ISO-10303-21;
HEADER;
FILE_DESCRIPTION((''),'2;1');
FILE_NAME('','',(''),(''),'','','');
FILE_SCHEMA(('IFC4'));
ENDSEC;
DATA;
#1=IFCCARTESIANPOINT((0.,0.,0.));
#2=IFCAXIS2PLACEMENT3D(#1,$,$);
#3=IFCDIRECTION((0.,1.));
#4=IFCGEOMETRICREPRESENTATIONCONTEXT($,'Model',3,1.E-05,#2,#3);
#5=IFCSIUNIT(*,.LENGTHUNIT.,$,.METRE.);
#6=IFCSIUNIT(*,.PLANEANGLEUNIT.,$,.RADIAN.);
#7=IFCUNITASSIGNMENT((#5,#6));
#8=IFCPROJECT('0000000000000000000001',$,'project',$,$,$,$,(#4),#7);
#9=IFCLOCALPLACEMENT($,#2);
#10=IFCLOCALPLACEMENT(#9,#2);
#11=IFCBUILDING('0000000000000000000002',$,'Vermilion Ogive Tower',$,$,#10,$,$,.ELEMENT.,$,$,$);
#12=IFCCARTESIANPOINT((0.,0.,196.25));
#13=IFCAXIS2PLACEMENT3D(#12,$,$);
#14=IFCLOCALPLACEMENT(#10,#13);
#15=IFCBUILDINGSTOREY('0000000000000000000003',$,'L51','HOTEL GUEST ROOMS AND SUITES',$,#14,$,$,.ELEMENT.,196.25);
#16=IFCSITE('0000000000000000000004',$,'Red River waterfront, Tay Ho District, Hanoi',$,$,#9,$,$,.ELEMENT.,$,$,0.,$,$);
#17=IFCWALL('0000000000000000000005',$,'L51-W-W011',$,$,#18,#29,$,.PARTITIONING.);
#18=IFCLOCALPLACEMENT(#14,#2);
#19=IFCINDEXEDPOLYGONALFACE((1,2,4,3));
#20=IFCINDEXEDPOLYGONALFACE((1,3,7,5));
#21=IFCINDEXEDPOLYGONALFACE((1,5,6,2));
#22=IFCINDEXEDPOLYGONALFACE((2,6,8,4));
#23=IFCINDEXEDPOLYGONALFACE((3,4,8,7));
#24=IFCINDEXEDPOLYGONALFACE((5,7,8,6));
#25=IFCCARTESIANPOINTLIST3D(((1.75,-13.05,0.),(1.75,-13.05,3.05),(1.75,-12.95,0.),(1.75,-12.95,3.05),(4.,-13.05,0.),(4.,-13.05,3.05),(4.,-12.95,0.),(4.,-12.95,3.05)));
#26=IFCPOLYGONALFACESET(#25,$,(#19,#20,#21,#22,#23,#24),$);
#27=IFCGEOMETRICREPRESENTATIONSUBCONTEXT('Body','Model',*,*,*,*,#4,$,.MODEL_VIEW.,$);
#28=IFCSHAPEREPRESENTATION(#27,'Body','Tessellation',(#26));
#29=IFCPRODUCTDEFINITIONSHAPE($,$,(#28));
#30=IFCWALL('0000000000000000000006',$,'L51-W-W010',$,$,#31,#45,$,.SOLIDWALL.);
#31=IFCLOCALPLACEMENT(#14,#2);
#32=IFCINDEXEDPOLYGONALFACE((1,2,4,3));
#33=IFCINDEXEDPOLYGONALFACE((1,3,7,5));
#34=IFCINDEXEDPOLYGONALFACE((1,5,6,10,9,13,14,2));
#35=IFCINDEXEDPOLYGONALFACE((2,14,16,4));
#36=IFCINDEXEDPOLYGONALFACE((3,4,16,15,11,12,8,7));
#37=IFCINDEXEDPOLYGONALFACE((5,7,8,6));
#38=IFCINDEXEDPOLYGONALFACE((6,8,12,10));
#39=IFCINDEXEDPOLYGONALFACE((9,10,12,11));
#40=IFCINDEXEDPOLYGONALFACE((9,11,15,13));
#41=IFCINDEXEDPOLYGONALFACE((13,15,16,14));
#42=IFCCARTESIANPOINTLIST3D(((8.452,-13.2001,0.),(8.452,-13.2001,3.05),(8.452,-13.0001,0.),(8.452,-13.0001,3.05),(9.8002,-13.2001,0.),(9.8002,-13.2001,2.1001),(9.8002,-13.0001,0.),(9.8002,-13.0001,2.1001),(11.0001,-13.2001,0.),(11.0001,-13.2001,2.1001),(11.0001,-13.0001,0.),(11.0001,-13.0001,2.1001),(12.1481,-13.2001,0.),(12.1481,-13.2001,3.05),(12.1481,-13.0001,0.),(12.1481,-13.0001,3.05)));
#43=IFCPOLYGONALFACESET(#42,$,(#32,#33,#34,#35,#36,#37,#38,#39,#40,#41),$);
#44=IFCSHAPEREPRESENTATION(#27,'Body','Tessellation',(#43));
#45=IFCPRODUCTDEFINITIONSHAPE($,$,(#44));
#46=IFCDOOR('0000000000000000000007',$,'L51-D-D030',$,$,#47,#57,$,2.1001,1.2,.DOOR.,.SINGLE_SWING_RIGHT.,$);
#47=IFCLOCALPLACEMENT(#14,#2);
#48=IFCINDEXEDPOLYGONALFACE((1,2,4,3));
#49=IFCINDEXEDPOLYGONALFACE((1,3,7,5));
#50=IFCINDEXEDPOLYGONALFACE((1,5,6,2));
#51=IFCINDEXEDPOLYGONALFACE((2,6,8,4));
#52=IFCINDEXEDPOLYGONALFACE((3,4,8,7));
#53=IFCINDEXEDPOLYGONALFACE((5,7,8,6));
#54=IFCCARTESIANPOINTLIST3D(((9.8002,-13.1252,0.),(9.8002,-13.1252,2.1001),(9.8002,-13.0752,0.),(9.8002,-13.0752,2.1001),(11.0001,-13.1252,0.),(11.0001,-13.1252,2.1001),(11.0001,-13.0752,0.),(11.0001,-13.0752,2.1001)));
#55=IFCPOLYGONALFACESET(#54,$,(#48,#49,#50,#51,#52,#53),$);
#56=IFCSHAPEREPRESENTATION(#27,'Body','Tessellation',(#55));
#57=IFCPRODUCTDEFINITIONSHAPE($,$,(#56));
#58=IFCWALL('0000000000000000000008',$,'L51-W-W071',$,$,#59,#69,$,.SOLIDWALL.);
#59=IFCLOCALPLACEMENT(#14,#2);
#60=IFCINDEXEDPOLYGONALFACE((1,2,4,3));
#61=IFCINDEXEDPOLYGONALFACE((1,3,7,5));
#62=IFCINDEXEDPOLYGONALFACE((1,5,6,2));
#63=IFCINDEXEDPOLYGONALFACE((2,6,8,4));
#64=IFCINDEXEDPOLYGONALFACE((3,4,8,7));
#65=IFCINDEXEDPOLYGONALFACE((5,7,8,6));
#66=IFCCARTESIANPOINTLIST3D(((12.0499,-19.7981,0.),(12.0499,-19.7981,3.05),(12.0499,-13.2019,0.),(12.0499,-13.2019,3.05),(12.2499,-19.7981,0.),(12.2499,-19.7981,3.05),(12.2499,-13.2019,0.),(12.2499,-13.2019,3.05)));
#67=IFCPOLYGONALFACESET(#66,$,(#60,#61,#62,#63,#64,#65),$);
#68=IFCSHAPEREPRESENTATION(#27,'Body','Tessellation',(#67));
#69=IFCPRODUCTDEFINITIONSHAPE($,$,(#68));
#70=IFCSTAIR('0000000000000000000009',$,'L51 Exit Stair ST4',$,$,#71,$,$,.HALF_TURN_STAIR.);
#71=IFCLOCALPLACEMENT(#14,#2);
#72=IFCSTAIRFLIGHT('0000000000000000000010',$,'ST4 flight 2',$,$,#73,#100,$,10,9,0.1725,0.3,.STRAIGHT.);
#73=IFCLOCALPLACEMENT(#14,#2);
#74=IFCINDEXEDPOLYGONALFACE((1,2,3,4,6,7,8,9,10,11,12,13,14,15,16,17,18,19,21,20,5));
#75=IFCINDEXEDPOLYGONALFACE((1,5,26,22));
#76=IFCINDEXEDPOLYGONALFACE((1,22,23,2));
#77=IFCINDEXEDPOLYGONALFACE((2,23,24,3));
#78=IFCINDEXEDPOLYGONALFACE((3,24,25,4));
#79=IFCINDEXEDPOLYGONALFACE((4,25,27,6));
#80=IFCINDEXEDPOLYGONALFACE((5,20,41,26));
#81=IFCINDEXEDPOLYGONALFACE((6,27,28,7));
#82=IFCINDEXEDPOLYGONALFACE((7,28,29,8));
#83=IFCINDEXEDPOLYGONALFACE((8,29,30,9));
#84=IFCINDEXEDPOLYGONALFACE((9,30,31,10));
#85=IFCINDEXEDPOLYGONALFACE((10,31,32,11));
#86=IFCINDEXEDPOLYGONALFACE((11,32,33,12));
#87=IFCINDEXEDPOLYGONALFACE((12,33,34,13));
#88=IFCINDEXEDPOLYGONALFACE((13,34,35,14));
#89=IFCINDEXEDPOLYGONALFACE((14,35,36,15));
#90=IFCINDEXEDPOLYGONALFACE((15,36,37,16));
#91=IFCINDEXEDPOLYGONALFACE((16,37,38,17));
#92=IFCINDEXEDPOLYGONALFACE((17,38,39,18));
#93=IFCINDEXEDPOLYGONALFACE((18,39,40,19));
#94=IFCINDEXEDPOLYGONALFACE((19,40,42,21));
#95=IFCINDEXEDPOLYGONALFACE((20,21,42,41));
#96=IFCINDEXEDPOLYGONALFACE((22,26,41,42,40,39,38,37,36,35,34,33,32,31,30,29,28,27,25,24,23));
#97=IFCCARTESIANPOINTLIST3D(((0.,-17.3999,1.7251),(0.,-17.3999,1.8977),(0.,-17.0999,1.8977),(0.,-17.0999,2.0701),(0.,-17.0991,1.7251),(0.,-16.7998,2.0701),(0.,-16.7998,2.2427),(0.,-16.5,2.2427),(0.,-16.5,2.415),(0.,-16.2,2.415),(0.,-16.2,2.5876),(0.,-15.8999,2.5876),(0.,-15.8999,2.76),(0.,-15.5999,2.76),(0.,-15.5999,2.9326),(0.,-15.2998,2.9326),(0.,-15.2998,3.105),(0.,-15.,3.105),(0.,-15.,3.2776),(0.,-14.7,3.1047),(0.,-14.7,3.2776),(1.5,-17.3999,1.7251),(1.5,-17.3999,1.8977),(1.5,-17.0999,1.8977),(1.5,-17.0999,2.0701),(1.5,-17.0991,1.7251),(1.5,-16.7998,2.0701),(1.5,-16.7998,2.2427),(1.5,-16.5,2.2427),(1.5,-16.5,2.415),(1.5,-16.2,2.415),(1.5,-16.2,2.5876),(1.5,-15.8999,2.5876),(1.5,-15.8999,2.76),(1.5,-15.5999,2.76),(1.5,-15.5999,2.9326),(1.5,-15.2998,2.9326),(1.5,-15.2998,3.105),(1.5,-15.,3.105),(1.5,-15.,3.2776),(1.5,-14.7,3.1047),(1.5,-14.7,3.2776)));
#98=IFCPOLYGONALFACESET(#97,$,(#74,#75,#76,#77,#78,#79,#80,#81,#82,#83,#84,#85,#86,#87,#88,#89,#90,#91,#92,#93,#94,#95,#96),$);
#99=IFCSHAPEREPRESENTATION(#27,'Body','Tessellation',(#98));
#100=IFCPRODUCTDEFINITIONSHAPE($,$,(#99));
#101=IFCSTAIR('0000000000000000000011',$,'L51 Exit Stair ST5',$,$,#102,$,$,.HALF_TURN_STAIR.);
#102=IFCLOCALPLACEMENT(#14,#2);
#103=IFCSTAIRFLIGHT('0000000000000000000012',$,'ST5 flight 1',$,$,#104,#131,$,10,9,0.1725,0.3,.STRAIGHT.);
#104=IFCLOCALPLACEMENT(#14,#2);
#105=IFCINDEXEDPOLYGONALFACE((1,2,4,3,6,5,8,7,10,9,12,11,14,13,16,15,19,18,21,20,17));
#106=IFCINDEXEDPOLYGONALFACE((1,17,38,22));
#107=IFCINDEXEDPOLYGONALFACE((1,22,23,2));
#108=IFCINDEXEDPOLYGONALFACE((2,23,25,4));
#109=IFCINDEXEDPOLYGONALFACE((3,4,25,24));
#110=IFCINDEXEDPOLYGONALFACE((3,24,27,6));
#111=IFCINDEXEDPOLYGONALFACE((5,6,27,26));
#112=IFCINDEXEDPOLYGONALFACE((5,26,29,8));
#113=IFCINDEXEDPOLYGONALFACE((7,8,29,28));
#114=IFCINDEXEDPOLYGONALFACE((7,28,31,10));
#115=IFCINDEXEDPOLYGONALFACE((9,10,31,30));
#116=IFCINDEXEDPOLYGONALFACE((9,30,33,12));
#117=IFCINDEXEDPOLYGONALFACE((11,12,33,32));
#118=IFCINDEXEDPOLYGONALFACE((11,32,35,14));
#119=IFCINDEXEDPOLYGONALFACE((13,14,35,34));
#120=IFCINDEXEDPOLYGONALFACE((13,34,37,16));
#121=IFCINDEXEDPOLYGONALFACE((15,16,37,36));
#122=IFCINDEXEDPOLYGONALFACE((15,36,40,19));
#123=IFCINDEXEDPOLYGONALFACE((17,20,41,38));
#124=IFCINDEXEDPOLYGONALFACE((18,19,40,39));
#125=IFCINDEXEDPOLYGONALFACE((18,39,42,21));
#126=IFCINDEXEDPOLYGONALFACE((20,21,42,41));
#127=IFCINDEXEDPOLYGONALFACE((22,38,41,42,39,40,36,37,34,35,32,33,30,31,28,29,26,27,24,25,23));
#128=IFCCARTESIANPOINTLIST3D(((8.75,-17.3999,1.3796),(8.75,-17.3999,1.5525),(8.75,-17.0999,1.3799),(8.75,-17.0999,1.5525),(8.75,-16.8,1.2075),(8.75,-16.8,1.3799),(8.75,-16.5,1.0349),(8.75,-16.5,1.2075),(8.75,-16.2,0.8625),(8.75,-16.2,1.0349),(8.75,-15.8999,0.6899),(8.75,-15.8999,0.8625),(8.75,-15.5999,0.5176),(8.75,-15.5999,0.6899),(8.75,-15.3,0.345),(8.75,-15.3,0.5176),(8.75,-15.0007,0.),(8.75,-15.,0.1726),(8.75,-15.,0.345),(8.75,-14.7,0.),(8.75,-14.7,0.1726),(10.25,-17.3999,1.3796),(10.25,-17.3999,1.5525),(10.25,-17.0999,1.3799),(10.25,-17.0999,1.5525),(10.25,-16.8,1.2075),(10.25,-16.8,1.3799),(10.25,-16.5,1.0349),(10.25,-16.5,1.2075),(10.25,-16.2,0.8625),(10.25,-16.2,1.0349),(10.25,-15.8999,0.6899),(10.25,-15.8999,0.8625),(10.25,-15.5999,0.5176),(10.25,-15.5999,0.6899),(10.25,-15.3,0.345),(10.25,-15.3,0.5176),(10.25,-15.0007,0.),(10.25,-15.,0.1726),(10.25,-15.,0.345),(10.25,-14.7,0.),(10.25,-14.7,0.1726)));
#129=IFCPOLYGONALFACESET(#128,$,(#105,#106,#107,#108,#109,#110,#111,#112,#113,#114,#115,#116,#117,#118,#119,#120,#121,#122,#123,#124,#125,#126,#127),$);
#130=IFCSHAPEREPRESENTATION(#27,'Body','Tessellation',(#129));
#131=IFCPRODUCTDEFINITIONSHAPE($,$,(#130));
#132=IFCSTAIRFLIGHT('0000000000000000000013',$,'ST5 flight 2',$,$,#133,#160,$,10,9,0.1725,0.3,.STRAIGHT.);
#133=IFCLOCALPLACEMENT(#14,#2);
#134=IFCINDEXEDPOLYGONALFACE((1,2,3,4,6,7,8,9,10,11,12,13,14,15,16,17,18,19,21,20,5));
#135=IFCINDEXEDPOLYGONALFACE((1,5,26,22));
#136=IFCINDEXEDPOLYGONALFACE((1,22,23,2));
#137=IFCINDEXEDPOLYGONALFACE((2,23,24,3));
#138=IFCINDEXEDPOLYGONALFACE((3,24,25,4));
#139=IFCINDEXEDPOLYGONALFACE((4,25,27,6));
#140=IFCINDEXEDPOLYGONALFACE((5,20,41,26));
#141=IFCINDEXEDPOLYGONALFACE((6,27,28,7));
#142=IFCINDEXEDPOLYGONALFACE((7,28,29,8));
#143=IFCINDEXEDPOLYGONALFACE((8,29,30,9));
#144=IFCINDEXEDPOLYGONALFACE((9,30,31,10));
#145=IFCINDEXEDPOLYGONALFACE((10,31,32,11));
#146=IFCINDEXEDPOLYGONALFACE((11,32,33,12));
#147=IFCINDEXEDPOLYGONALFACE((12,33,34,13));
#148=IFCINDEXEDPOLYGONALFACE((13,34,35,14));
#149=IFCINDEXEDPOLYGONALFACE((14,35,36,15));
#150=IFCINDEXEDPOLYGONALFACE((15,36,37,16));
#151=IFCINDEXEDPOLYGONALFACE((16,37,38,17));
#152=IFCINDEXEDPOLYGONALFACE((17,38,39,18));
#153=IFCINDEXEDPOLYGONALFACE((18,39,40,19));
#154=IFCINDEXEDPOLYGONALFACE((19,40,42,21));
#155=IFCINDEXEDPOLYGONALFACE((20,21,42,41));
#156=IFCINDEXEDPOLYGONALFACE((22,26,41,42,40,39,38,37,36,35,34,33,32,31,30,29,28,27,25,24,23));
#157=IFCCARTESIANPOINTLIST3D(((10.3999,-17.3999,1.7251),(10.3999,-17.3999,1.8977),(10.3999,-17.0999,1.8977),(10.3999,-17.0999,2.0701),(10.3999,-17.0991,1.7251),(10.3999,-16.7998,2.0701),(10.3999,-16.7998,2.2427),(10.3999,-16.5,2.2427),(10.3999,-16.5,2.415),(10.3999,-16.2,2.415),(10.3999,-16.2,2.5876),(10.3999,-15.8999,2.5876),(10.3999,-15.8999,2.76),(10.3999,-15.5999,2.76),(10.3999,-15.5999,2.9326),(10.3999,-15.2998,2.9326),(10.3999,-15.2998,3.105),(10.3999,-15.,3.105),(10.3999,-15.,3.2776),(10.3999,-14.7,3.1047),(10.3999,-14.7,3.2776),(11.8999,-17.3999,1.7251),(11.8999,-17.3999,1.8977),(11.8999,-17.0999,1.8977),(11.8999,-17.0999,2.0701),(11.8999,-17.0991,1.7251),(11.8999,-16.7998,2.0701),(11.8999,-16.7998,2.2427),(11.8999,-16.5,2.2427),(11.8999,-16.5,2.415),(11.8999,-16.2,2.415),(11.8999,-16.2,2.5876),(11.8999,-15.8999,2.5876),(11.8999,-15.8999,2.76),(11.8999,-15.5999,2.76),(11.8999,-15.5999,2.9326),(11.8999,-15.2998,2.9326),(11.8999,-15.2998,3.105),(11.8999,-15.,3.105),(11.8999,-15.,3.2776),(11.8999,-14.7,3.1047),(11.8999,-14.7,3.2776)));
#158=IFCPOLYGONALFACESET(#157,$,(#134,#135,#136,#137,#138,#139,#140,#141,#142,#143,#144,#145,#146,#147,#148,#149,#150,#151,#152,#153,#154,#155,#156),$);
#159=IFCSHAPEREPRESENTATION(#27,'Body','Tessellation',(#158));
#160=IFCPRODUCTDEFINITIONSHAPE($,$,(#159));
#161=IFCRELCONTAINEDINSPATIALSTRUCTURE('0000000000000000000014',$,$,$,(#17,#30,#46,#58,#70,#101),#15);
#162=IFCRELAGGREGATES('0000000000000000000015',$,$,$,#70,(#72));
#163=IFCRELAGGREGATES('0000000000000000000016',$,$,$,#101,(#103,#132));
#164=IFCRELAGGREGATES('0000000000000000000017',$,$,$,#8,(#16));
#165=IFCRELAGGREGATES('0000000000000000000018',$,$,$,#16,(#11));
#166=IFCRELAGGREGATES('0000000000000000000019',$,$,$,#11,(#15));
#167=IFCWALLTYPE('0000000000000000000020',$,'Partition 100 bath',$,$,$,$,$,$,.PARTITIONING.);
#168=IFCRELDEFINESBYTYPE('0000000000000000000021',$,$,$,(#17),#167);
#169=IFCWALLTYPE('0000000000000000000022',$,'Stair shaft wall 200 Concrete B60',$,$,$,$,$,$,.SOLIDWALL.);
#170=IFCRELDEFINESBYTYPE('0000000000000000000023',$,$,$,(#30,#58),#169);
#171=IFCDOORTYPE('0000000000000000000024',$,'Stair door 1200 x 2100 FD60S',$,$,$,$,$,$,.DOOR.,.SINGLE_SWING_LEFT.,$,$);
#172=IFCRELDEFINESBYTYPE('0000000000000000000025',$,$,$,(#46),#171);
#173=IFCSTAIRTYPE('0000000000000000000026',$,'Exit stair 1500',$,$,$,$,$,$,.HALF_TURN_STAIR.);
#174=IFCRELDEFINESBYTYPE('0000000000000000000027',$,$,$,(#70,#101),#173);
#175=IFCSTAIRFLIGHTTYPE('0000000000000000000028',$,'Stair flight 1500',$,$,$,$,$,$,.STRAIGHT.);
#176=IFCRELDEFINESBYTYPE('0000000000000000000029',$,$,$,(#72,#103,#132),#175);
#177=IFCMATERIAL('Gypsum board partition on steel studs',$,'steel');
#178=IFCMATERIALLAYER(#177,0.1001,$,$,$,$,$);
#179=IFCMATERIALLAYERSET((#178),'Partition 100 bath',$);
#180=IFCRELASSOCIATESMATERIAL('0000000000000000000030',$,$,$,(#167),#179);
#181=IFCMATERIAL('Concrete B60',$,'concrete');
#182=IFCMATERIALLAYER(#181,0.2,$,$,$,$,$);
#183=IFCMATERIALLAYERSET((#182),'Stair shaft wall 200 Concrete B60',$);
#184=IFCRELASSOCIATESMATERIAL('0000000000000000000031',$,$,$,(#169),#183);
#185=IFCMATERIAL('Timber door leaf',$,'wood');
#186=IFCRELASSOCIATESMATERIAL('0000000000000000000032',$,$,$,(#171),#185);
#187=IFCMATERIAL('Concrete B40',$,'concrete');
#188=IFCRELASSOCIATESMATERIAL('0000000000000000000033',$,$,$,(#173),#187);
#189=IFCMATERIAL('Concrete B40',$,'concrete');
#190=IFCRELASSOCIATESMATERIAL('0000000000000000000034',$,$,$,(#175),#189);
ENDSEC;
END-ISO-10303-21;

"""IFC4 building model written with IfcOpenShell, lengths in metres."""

from ifc_helpers import new_model, si_unit, direction, frame, frame_2d, origin, place, context, subcontext, project, spatial, polyline, rectangle, outline, extrude, material, layer, layer_set, type_object, element, fill, aggregate, save


model = new_model("IFC4")

# Units and contexts
model_context = context("Model", 3, precision=1e-05, world=origin(), true_north=direction((0.0, 1.0)))
body_context = subcontext(model_context, "Body", "Model", "MODEL_VIEW")
ifc_project = project(units=[si_unit("LENGTHUNIT", "METRE"), si_unit("PLANEANGLEUNIT", "RADIAN")], contexts=[model_context])

# Site, building, storey
site_placement = place(None, origin())
site = spatial("IfcSite", under=ifc_project, at=site_placement, Name="Red River waterfront, Tay Ho District, Hanoi", CompositionType="ELEMENT", RefElevation=0.0)
building_placement = place(site_placement, origin())
building = spatial("IfcBuilding", under=site, at=building_placement, Name="Vermilion Ogive Tower", CompositionType="ELEMENT")
storey_placement = place(building_placement, frame((0.0, 0.0, 196.25)))
storey = spatial("IfcBuildingStorey", under=building, at=storey_placement, Name="L51", Description="HOTEL GUEST ROOMS AND SUITES", CompositionType="ELEMENT", Elevation=196.25)

# Wall
ifc_material_1 = material(Name="Gypsum board partition on steel studs", Category="steel")
ifc_layer_1 = layer(ifc_material_1, 0.1001)
ifc_layer_set_1 = layer_set([ifc_layer_1], Name="Partition 100 bath")
wall_type_1 = type_object("IfcWallType", Name="Partition 100 bath", PredefinedType="PARTITIONING", material=ifc_layer_set_1)
wall_1_placement = place(storey_placement, frame((1.75, -13.0, 0.0), z_axis=(0.0, 0.0, 1.0), x_axis=(1.0, 0.0, 0.0)))
element("IfcWall", 1, at=wall_1_placement, inside=storey, type_object=wall_type_1, Name="L51-W-W011", PredefinedType="PARTITIONING", context=body_context, shape_type="SweptSolid", body=[
    extrude(rectangle(XDim=2.25, YDim=0.1001, at=frame_2d((1.125, 0.0))), origin(), (0.0, 0.0, 1.0), 3.05),
])

# Wall, opening, door
ifc_material_2 = material(Name="Concrete B60", Category="concrete")
ifc_layer_2 = layer(ifc_material_2, 0.2)
ifc_layer_set_2 = layer_set([ifc_layer_2], Name="Stair shaft wall 200 Concrete B60")
wall_type_2 = type_object("IfcWallType", Name="Stair shaft wall 200 Concrete B60", PredefinedType="SOLIDWALL", material=ifc_layer_set_2)
wall_2_placement = place(storey_placement, frame((8.4519, -13.1001, 0.0), z_axis=(0.0, 0.0, 1.0), x_axis=(1.0, 0.0, 0.0)))
wall_2 = element("IfcWall", 2, at=wall_2_placement, inside=storey, type_object=wall_type_2, Name="L51-W-W010", PredefinedType="SOLIDWALL", context=body_context, shape_type="SweptSolid", body=[
    extrude(rectangle(XDim=3.696, YDim=0.2, at=frame_2d((1.8481, 0.0))), origin(), (0.0, 0.0, 1.0), 3.05),
])
opening_placement = place(wall_2_placement, frame((1.3481, 0.0, 0.0)))
opening = element("IfcOpeningElement", 3, at=opening_placement, cuts=wall_2, PredefinedType="OPENING", context=body_context, shape_type="SweptSolid", body=[
    extrude(rectangle(XDim=1.2, YDim=2.1001, at=frame_2d((0.6001, 1.05))), frame((0.0, 0.1099, 0.0), z_axis=(0.0, -1.0, 0.0), x_axis=(1.0, 0.0, 0.0)), (0.0, 0.0, 1.0), 0.22),
])
ifc_material_3 = material(Name="Timber door leaf", Category="wood")
door_type = type_object("IfcDoorType", Name="Stair door 1200 x 2100 FD60S", OperationType="SINGLE_SWING_LEFT", PredefinedType="DOOR", material=ifc_material_3)
door_placement = place(opening_placement, origin())
door = element("IfcDoor", 4, at=door_placement, inside=storey, type_object=door_type, Name="L51-D-D030", OperationType="SINGLE_SWING_RIGHT", OverallHeight=2.1001, OverallWidth=1.2, PredefinedType="DOOR", context=body_context, shape_type="SweptSolid", body=[
    extrude(rectangle(XDim=1.2, YDim=2.1001, at=frame_2d((0.6001, 1.05))), frame((0.0, 0.0249, 0.0), z_axis=(0.0, -1.0, 0.0), x_axis=(1.0, 0.0, 0.0)), (0.0, 0.0, 1.0), 0.05),
])
fill(opening, door)

# Wall
wall_3_placement = place(storey_placement, frame((12.1499, -19.7981, 0.0), z_axis=(0.0, 0.0, 1.0), x_axis=(0.0, 1.0, 0.0)))
element("IfcWall", 5, at=wall_3_placement, inside=storey, type_object=wall_type_2, Name="L51-W-W071", PredefinedType="SOLIDWALL", context=body_context, shape_type="SweptSolid", body=[
    extrude(rectangle(XDim=6.5962, YDim=0.2, at=frame_2d((3.2981, 0.0))), origin(), (0.0, 0.0, 1.0), 3.05),
])

# Stair, stair flight
ifc_material_4 = material(Name="Concrete B40", Category="concrete")
stair_type = type_object("IfcStairType", Name="Exit stair 1500", PredefinedType="HALF_TURN_STAIR", material=ifc_material_4)
stair_1_placement = place(storey_placement, origin())
stair_1 = element("IfcStair", 6, at=stair_1_placement, inside=storey, type_object=stair_type, Name="L51 Exit Stair ST4", PredefinedType="HALF_TURN_STAIR")
ifc_material_5 = material(Name="Concrete B40", Category="concrete")
stair_flight_type = type_object("IfcStairFlightType", Name="Stair flight 1500", PredefinedType="STRAIGHT", material=ifc_material_5)
stair_flight_1_placement = place(storey_placement, frame((0.75, -17.3999, 1.7251), z_axis=(0.0, 0.0, 1.0), x_axis=(0.0, 1.0, 0.0)))
stair_flight_1 = element("IfcStairFlight", 7, at=stair_flight_1_placement, type_object=stair_flight_type, Name="ST4 flight 2", NumberOfRisers=10, NumberOfTreads=9, PredefinedType="STRAIGHT", RiserHeight=0.1725, TreadLength=0.3, context=body_context, shape_type="SweptSolid", body=[
    extrude(outline(polyline([(0.0, 0.0), (0.0, 0.1726), (0.3, 0.1726), (0.3, 0.345), (0.6001, 0.345), (0.6001, 0.5176), (0.8999, 0.5176), (0.8999, 0.6899), (1.2, 0.6899), (1.2, 0.8625), (1.5, 0.8625), (1.5, 1.0349), (1.8, 1.0349), (1.8, 1.2075), (2.1001, 1.2075), (2.1001, 1.3799), (2.3999, 1.3799), (2.3999, 1.5525), (2.7, 1.5525), (2.7, 1.7251), (2.7, 1.3796), (0.3008, 0.0), (0.0, 0.0)])), frame((0.0, 0.75, 0.0), z_axis=(0.0, -1.0, 0.0), x_axis=(1.0, 0.0, 0.0)), (0.0, 0.0, 1.0), 1.5),
])
aggregate(stair_1, [stair_flight_1])

# Stair, stair flights
stair_2_placement = place(storey_placement, origin())
stair_2 = element("IfcStair", 8, at=stair_2_placement, inside=storey, type_object=stair_type, Name="L51 Exit Stair ST5", PredefinedType="HALF_TURN_STAIR")
stair_flight_2_placement = place(storey_placement, frame((9.5, -14.7, 0.0), z_axis=(0.0, 0.0, 1.0), x_axis=(0.0, -1.0, 0.0)))
stair_flight_2 = element("IfcStairFlight", 9, at=stair_flight_2_placement, type_object=stair_flight_type, Name="ST5 flight 1", NumberOfRisers=10, NumberOfTreads=9, PredefinedType="STRAIGHT", RiserHeight=0.1725, TreadLength=0.3, context=body_context, shape_type="SweptSolid", body=[
    extrude(outline(polyline([(0.0, 0.0), (0.0, 0.1726), (0.3, 0.1726), (0.3, 0.345), (0.6001, 0.345), (0.6001, 0.5176), (0.8999, 0.5176), (0.8999, 0.6899), (1.2, 0.6899), (1.2, 0.8625), (1.5, 0.8625), (1.5, 1.0349), (1.8, 1.0349), (1.8, 1.2075), (2.1001, 1.2075), (2.1001, 1.3799), (2.3999, 1.3799), (2.3999, 1.5525), (2.7, 1.5525), (2.7, 1.7251), (2.7, 1.3796), (0.3008, 0.0), (0.0, 0.0)])), frame((0.0, 0.75, 0.0), z_axis=(0.0, -1.0, 0.0), x_axis=(1.0, 0.0, 0.0)), (0.0, 0.0, 1.0), 1.5),
])
stair_flight_3_placement = place(storey_placement, frame((11.1499, -17.3999, 1.7251), z_axis=(0.0, 0.0, 1.0), x_axis=(0.0, 1.0, 0.0)))
stair_flight_3 = element("IfcStairFlight", 10, at=stair_flight_3_placement, type_object=stair_flight_type, Name="ST5 flight 2", NumberOfRisers=10, NumberOfTreads=9, PredefinedType="STRAIGHT", RiserHeight=0.1725, TreadLength=0.3, context=body_context, shape_type="SweptSolid", body=[
    extrude(outline(polyline([(0.0, 0.0), (0.0, 0.1726), (0.3, 0.1726), (0.3, 0.345), (0.6001, 0.345), (0.6001, 0.5176), (0.8999, 0.5176), (0.8999, 0.6899), (1.2, 0.6899), (1.2, 0.8625), (1.5, 0.8625), (1.5, 1.0349), (1.8, 1.0349), (1.8, 1.2075), (2.1001, 1.2075), (2.1001, 1.3799), (2.3999, 1.3799), (2.3999, 1.5525), (2.7, 1.5525), (2.7, 1.7251), (2.7, 1.3796), (0.3008, 0.0), (0.0, 0.0)])), frame((0.0, 0.75, 0.0), z_axis=(0.0, -1.0, 0.0), x_axis=(1.0, 0.0, 0.0)), (0.0, 0.0, 1.0), 1.5),
])
aggregate(stair_2, [stair_flight_2, stair_flight_3])

save(model, "model.ifc")
